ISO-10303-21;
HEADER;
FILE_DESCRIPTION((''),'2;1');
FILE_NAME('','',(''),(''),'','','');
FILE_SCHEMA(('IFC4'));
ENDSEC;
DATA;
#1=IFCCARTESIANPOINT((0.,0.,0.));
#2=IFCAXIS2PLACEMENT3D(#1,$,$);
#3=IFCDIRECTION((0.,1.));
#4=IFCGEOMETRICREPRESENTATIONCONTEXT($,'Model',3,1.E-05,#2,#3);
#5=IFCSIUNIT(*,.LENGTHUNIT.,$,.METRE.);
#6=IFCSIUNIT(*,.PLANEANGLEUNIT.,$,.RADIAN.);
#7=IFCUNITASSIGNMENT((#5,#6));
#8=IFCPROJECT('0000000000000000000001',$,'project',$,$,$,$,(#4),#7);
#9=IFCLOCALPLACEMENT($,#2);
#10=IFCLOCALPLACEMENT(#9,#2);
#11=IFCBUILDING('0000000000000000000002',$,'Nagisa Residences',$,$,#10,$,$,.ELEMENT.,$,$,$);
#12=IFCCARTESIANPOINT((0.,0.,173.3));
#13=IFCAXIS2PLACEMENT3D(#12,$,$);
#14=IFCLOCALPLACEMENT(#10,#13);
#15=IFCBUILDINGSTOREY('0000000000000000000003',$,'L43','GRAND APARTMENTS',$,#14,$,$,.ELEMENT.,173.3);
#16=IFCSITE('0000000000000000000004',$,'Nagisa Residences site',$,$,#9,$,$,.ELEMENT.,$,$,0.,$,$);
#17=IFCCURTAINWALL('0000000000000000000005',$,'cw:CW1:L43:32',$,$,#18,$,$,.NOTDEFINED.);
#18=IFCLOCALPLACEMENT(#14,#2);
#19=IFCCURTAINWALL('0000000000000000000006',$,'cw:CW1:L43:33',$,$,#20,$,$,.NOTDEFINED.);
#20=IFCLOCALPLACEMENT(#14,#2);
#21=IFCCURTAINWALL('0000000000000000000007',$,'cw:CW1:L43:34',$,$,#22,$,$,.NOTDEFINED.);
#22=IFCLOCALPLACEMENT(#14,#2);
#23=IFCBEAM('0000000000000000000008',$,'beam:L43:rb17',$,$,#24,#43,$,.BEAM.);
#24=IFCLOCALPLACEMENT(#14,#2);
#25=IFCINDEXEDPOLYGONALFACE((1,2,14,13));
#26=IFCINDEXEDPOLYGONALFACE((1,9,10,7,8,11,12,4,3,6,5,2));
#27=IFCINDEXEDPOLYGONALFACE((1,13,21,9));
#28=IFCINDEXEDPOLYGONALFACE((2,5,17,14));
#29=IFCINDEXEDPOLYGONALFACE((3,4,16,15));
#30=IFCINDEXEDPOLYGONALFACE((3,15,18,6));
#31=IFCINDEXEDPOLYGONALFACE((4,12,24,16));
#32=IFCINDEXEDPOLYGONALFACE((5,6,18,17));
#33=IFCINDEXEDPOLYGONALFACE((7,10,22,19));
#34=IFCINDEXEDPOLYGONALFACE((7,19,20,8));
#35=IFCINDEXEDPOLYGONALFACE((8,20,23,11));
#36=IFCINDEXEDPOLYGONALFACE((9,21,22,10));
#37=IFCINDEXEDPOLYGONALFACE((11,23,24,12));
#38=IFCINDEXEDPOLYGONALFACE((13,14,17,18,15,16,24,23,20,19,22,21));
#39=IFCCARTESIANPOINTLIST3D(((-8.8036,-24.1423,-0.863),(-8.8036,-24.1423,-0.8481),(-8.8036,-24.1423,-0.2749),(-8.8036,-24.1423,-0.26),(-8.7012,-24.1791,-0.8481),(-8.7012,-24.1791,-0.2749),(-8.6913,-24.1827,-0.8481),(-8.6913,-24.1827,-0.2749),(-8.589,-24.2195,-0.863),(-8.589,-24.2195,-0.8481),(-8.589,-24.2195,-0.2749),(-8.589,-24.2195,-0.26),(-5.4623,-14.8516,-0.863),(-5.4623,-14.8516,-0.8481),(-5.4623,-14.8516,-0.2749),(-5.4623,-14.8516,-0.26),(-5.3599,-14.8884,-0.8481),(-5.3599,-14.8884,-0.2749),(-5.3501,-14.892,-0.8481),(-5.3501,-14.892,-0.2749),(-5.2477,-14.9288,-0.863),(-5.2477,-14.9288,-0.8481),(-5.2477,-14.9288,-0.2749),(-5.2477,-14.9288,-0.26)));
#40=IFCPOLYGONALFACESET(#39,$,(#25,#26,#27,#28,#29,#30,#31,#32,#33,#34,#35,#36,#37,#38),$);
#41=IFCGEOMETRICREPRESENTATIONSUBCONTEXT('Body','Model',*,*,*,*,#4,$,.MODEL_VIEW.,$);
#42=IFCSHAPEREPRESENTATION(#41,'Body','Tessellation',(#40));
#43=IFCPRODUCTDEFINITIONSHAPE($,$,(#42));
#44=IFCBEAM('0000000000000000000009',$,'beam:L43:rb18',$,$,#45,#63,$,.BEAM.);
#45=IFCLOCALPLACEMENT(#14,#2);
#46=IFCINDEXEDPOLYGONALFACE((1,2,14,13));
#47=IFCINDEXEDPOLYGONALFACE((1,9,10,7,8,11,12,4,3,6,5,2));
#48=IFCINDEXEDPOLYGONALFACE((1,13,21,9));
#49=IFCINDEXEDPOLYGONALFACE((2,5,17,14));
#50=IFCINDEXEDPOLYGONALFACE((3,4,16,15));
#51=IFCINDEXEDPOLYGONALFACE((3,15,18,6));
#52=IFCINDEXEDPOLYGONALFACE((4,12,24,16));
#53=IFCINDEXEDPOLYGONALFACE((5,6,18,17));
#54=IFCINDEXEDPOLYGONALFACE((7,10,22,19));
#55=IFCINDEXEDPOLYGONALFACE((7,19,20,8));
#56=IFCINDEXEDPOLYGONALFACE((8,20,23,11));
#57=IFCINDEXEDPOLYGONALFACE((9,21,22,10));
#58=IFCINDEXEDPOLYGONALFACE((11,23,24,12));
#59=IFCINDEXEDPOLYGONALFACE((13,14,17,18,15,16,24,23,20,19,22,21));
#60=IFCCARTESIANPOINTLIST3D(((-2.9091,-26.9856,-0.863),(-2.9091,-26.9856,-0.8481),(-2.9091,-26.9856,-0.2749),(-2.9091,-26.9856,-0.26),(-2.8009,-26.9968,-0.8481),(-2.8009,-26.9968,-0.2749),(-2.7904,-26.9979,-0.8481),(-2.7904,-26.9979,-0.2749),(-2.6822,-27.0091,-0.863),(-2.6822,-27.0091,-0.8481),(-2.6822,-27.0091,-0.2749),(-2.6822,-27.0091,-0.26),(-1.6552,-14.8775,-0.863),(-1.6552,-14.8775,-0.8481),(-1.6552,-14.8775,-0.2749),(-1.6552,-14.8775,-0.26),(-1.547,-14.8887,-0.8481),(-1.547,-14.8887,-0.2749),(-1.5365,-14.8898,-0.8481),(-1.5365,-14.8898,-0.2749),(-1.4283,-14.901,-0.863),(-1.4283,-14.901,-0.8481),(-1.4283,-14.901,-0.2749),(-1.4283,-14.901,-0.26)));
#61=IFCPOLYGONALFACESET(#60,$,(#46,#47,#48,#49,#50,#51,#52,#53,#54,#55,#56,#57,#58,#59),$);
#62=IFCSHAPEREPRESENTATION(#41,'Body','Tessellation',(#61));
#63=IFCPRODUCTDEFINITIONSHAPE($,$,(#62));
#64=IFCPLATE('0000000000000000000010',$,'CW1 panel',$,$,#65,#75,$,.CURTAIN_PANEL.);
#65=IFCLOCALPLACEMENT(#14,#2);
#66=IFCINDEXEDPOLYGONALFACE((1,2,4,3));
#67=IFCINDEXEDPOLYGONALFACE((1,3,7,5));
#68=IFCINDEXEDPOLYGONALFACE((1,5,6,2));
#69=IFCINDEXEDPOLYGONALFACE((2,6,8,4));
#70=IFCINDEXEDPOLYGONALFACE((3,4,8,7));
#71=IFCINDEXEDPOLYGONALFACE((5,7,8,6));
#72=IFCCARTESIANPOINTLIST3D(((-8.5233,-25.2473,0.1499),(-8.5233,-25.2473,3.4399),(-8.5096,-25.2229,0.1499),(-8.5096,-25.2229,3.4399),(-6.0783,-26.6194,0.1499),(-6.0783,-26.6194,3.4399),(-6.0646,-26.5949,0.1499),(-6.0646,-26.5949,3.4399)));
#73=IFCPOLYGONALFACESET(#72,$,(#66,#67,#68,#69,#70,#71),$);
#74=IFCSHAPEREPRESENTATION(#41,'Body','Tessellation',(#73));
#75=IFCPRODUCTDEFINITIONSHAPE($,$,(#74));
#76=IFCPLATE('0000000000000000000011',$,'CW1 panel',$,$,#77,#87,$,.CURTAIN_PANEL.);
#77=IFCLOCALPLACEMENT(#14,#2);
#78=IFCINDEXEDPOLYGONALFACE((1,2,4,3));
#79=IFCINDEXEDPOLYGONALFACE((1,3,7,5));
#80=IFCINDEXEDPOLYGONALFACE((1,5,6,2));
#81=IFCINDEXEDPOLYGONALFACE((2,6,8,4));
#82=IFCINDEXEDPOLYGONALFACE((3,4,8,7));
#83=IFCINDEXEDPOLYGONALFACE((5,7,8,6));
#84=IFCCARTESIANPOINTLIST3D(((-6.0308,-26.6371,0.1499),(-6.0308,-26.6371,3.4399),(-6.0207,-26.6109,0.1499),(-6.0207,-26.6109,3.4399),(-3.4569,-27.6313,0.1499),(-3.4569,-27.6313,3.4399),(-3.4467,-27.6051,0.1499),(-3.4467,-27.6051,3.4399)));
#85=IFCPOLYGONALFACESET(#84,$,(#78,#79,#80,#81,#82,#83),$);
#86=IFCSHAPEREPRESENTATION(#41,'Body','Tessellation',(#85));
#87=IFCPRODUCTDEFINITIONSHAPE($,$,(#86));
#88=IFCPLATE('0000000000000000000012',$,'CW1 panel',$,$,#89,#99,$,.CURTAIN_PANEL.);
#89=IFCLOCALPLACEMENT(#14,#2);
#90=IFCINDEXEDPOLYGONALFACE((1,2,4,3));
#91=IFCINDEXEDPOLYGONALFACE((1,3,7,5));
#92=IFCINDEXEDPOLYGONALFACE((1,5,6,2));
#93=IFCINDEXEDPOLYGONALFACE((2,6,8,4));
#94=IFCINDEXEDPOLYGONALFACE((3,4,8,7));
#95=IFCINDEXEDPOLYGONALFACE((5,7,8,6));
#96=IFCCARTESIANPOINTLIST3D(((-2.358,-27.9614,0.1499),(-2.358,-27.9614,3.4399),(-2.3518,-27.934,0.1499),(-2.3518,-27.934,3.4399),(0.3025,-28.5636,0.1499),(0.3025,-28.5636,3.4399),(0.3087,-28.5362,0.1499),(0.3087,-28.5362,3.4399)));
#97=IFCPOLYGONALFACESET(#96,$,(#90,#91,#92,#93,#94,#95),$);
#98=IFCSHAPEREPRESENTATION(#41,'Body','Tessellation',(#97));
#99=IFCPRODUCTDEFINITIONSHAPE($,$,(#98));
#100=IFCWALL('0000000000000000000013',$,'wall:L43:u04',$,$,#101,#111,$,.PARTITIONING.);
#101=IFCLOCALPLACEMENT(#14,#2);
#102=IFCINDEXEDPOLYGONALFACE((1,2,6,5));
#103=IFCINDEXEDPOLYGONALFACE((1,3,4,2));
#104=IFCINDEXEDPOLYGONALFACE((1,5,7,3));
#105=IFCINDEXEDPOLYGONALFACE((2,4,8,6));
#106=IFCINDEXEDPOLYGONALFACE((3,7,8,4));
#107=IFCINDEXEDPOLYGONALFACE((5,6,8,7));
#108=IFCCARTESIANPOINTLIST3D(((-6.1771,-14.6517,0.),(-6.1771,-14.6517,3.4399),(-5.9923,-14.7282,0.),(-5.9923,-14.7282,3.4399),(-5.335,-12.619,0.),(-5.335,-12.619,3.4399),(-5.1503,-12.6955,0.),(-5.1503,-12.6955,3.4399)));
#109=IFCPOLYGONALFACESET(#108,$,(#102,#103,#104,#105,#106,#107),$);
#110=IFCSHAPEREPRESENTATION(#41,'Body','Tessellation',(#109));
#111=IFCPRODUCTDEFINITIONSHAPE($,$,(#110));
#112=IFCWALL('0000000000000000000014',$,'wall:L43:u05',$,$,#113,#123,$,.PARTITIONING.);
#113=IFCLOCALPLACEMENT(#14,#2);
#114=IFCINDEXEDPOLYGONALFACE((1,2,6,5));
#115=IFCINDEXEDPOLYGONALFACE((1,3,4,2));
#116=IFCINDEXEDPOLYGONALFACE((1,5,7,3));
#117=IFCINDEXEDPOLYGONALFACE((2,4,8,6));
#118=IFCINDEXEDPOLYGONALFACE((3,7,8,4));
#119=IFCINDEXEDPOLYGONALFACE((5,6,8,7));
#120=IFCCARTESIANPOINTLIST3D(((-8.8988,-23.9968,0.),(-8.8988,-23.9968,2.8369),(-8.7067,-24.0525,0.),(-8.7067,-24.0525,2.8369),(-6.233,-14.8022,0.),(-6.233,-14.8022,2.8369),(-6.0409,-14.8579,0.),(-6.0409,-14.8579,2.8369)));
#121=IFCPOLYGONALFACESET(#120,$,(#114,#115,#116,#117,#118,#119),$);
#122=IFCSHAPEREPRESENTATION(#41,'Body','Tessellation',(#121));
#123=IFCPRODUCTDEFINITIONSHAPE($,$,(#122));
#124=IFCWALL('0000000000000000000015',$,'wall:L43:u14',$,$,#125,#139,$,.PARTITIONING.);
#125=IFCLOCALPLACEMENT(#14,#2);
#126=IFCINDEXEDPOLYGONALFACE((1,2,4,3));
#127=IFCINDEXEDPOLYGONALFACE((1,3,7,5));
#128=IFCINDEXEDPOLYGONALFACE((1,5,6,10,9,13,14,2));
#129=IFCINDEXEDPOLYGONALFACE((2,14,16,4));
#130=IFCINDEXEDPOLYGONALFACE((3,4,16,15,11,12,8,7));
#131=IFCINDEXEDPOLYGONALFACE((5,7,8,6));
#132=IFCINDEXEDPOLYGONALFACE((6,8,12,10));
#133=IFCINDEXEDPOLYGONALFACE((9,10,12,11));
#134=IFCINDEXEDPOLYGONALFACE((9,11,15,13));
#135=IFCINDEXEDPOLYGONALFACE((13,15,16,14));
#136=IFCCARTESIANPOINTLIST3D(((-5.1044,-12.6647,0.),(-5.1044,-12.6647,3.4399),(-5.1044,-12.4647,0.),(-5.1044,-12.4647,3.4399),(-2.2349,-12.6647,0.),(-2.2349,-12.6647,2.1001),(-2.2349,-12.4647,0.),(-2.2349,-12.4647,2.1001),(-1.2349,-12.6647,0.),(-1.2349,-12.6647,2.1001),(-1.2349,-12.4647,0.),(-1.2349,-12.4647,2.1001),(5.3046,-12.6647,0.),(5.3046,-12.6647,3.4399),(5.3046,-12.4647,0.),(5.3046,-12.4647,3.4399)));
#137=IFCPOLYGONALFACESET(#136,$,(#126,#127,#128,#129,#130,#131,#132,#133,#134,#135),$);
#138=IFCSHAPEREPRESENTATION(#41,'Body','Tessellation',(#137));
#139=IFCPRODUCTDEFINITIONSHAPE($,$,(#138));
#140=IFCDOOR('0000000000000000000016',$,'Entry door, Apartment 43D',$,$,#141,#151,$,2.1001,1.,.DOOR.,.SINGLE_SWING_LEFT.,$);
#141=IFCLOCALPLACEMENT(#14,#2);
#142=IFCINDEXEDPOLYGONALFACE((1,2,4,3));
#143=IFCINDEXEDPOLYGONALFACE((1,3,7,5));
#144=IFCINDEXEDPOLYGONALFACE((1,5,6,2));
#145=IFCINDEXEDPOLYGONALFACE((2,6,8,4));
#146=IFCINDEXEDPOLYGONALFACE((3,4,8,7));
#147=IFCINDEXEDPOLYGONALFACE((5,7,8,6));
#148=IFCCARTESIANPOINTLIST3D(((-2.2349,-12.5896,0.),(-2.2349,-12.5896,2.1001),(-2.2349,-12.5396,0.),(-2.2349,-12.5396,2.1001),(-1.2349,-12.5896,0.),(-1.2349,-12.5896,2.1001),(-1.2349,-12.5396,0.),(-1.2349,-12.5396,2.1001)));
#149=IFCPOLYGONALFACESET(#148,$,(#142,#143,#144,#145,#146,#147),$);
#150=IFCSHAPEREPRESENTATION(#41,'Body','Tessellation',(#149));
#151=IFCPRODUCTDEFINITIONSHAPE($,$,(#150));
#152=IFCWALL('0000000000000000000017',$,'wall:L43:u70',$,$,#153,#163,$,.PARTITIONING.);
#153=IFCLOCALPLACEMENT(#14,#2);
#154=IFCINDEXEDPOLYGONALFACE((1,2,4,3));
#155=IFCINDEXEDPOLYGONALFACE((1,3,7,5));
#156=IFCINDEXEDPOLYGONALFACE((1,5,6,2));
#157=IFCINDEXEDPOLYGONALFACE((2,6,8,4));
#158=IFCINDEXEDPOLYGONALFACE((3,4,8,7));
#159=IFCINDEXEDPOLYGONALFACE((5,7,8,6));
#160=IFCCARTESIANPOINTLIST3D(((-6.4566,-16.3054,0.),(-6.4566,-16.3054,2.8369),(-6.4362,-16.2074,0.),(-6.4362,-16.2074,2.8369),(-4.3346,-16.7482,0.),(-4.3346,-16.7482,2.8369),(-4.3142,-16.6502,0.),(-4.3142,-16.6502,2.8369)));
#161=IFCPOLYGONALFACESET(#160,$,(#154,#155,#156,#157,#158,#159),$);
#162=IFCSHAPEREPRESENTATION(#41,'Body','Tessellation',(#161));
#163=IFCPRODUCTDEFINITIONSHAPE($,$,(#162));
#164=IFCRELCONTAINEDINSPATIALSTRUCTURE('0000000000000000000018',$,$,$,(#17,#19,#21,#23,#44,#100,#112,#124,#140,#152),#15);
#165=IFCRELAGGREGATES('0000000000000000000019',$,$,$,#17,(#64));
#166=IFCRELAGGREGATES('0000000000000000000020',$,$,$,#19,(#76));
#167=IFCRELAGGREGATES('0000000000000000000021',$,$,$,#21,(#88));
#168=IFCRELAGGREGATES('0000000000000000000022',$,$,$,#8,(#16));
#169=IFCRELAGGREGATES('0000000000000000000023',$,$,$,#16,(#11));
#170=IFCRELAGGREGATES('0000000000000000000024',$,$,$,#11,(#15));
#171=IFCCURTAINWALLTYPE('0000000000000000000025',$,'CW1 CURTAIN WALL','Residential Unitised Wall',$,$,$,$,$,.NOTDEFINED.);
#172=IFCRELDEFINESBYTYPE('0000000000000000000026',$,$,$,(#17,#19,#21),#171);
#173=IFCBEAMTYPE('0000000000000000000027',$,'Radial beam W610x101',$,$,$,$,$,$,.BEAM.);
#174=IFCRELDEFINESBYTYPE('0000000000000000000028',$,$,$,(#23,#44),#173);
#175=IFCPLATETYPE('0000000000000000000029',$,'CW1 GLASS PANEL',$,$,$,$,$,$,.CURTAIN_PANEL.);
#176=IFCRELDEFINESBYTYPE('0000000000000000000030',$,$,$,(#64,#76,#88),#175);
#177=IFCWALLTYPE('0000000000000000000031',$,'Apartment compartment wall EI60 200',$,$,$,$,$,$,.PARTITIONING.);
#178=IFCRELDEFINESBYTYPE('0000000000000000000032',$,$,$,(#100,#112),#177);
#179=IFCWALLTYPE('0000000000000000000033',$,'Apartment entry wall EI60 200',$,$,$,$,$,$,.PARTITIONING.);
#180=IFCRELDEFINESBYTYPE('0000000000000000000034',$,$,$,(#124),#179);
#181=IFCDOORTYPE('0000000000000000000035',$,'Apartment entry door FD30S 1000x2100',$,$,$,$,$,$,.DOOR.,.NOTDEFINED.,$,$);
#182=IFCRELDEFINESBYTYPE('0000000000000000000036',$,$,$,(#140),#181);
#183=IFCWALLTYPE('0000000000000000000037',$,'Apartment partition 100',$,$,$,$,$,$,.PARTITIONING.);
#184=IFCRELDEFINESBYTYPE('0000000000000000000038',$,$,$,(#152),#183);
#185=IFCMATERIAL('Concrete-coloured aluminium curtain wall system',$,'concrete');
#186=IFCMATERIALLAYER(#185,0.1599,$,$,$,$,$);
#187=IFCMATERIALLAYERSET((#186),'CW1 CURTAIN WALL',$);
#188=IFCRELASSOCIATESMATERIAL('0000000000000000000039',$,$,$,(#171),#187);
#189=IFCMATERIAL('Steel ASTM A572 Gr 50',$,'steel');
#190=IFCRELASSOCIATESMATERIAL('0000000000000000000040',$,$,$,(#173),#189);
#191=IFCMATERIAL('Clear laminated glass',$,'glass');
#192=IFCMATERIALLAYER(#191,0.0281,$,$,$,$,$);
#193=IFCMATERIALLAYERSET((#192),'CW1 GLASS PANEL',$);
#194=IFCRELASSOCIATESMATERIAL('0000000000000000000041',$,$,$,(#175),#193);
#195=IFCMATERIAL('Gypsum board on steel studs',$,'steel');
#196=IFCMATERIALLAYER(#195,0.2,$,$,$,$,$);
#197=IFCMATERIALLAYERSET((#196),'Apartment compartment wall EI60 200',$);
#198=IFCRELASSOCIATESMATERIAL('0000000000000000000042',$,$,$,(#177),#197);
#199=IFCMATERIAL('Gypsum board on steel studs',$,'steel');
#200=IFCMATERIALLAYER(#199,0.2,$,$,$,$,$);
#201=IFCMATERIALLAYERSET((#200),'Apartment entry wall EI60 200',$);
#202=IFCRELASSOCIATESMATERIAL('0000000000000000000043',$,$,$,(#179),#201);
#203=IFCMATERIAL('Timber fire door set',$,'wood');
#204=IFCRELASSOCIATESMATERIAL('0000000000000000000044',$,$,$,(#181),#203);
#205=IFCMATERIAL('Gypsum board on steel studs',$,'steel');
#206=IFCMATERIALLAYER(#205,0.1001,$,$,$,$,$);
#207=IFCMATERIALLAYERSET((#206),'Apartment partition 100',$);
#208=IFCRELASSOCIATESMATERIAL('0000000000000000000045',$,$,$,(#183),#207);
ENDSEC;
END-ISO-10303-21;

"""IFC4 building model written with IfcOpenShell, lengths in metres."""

from ifc_helpers import new_model, si_unit, direction, frame, frame_2d, origin, origin_2d, place, context, subcontext, project, spatial, rectangle, i_section, extrude, material, layer, layer_set, material_profile, profile_set, type_object, element, fill, aggregate, save


model = new_model("IFC4")

# Units and contexts
model_context = context("Model", 3, precision=1e-05, world=origin(), true_north=direction((0.0, 1.0)))
body_context = subcontext(model_context, "Body", "Model", "MODEL_VIEW")
ifc_project = project(units=[si_unit("LENGTHUNIT", "METRE"), si_unit("PLANEANGLEUNIT", "RADIAN")], contexts=[model_context])

# Site, building, storey
site_placement = place(None, origin())
site = spatial("IfcSite", under=ifc_project, at=site_placement, Name="Nagisa Residences site", CompositionType="ELEMENT", RefElevation=0.0)
building_placement = place(site_placement, origin())
building = spatial("IfcBuilding", under=site, at=building_placement, Name="Nagisa Residences", CompositionType="ELEMENT")
storey_placement = place(building_placement, frame((0.0, 0.0, 173.3)))
storey = spatial("IfcBuildingStorey", under=building, at=storey_placement, Name="L43", Description="GRAND APARTMENTS", CompositionType="ELEMENT", Elevation=173.3)

# Curtain walls
ifc_material_1 = material(Name="Concrete-coloured aluminium curtain wall system", Category="concrete")
ifc_layer_1 = layer(ifc_material_1, 0.1599)
ifc_layer_set_1 = layer_set([ifc_layer_1], Name="CW1 CURTAIN WALL")
curtain_wall_type = type_object("IfcCurtainWallType", Name="CW1 CURTAIN WALL", Description="Residential Unitised Wall", PredefinedType="NOTDEFINED", material=ifc_layer_set_1)
curtain_wall_1_placement = place(storey_placement, origin())
curtain_wall_1 = element("IfcCurtainWall", 1, at=curtain_wall_1_placement, inside=storey, type_object=curtain_wall_type, Name="cw:CW1:L43:32", PredefinedType="NOTDEFINED")
curtain_wall_2_placement = place(storey_placement, origin())
curtain_wall_2 = element("IfcCurtainWall", 2, at=curtain_wall_2_placement, inside=storey, type_object=curtain_wall_type, Name="cw:CW1:L43:33", PredefinedType="NOTDEFINED")
curtain_wall_3_placement = place(storey_placement, origin())
curtain_wall_3 = element("IfcCurtainWall", 3, at=curtain_wall_3_placement, inside=storey, type_object=curtain_wall_type, Name="cw:CW1:L43:34", PredefinedType="NOTDEFINED")

# Beams
ifc_material_2 = material(Name="Steel ASTM A572 Gr 50", Category="steel")
ifc_material_profile_1 = material_profile(ifc_material_2, i_section(OverallWidth=0.228, OverallDepth=0.603, WebThickness=0.0105, FlangeThickness=0.0149, at=origin_2d()), Name="W610x101")
ifc_profile_set_1 = profile_set([ifc_material_profile_1], Name="Steel ASTM A572 Gr 50")
beam_type_1 = type_object("IfcBeamType", Name="Radial beam W610x101", PredefinedType="BEAM", material=ifc_profile_set_1)
beam_1_placement = place(storey_placement, frame((-8.6963, -24.1809, -0.5615), z_axis=(0.338417, 0.940996, 0.0), x_axis=(-0.940996, 0.338417, 0.0)))
element("IfcBeam", 4, at=beam_1_placement, inside=storey, type_object=beam_type_1, Name="beam:L43:rb17", PredefinedType="BEAM", context=body_context, shape_type="SweptSolid", body=[
    extrude(i_section(OverallWidth=0.228, OverallDepth=0.603, WebThickness=0.0105, FlangeThickness=0.0149, at=origin_2d()), origin(), (0.0, 0.0, 1.0), 9.8733),
])
beam_2_placement = place(storey_placement, frame((-2.7957, -26.9973, -0.5615), z_axis=(0.103008, 0.994681, 0.0), x_axis=(-0.994681, 0.103008, 0.0)))
element("IfcBeam", 5, at=beam_2_placement, inside=storey, type_object=beam_type_1, Name="beam:L43:rb18", PredefinedType="BEAM", context=body_context, shape_type="SweptSolid", body=[
    extrude(i_section(OverallWidth=0.228, OverallDepth=0.603, WebThickness=0.0105, FlangeThickness=0.0149, at=origin_2d()), origin(), (0.0, 0.0, 1.0), 12.1729),
])

# Plates
ifc_material_3 = material(Name="Clear laminated glass", Category="glass")
ifc_layer_2 = layer(ifc_material_3, 0.0281)
ifc_layer_set_2 = layer_set([ifc_layer_2], Name="CW1 GLASS PANEL")
plate_type = type_object("IfcPlateType", Name="CW1 GLASS PANEL", PredefinedType="CURTAIN_PANEL", material=ifc_layer_set_2)
plate_1_placement = place(storey_placement, frame((-7.2939, -25.9211, 0.1499), z_axis=(0.0, 0.0, 1.0), x_axis=(0.872072, -0.489377, 0.0)))
plate_1 = element("IfcPlate", 6, at=plate_1_placement, type_object=plate_type, Name="CW1 panel", PredefinedType="CURTAIN_PANEL", context=body_context, shape_type="SweptSolid", body=[
    extrude(rectangle(XDim=2.8037, YDim=0.0281, at=origin_2d()), origin(), (0.0, 0.0, 1.0), 3.29),
])
aggregate(curtain_wall_1, [plate_1])
plate_2_placement = place(storey_placement, frame((-4.7388, -27.1211, 0.1499), z_axis=(0.0, 0.0, 1.0), x_axis=(0.932826, -0.360328, 0.0)))
plate_2 = element("IfcPlate", 7, at=plate_2_placement, type_object=plate_type, Name="CW1 panel", PredefinedType="CURTAIN_PANEL", context=body_context, shape_type="SweptSolid", body=[
    extrude(rectangle(XDim=2.7593, YDim=0.0281, at=origin_2d()), origin(), (0.0, 0.0, 1.0), 3.29),
])
aggregate(curtain_wall_2, [plate_2])
plate_3_placement = place(storey_placement, frame((-1.0247, -28.2488, 0.1499), z_axis=(0.0, 0.0, 1.0), x_axis=(0.975327, -0.220764, 0.0)))
plate_3 = element("IfcPlate", 8, at=plate_3_placement, type_object=plate_type, Name="CW1 panel", PredefinedType="CURTAIN_PANEL", context=body_context, shape_type="SweptSolid", body=[
    extrude(rectangle(XDim=2.7278, YDim=0.0281, at=origin_2d()), origin(), (0.0, 0.0, 1.0), 3.29),
])
aggregate(curtain_wall_3, [plate_3])

# Walls
ifc_material_4 = material(Name="Gypsum board on steel studs", Category="steel")
ifc_layer_3 = layer(ifc_material_4, 0.2)
ifc_layer_set_3 = layer_set([ifc_layer_3], Name="Apartment compartment wall EI60 200")
wall_type_1 = type_object("IfcWallType", Name="Apartment compartment wall EI60 200", PredefinedType="PARTITIONING", material=ifc_layer_set_3)
wall_1_placement = place(storey_placement, frame((-5.2427, -12.6572, 0.0), z_axis=(0.0, 0.0, 1.0), x_axis=(-0.382708, -0.923869, 0.0)))
element("IfcWall", 9, at=wall_1_placement, inside=storey, type_object=wall_type_1, Name="wall:L43:u04", PredefinedType="PARTITIONING", context=body_context, shape_type="SweptSolid", body=[
    extrude(rectangle(XDim=2.2002, YDim=0.2, at=frame_2d((1.1001, 0.0))), origin(), (0.0, 0.0, 1.0), 3.4399),
])
wall_2_placement = place(storey_placement, frame((-6.137, -14.8301, 0.0), z_axis=(0.0, 0.0, 1.0), x_axis=(-0.278461, -0.960447, 0.0)))
element("IfcWall", 10, at=wall_2_placement, inside=storey, type_object=wall_type_1, Name="wall:L43:u05", PredefinedType="PARTITIONING", context=body_context, shape_type="SweptSolid", body=[
    extrude(rectangle(XDim=9.5732, YDim=0.2, at=frame_2d((4.7866, 0.0))), origin(), (0.0, 0.0, 1.0), 2.8369),
])

# Wall, opening, door
ifc_material_5 = material(Name="Gypsum board on steel studs", Category="steel")
ifc_layer_4 = layer(ifc_material_5, 0.2)
ifc_layer_set_4 = layer_set([ifc_layer_4], Name="Apartment entry wall EI60 200")
wall_type_2 = type_object("IfcWallType", Name="Apartment entry wall EI60 200", PredefinedType="PARTITIONING", material=ifc_layer_set_4)
wall_3_placement = place(storey_placement, frame((-5.1045, -12.5647, 0.0), z_axis=(0.0, 0.0, 1.0), x_axis=(1.0, 0.0, 0.0)))
wall_3 = element("IfcWall", 11, at=wall_3_placement, inside=storey, type_object=wall_type_2, Name="wall:L43:u14", PredefinedType="PARTITIONING", context=body_context, shape_type="SweptSolid", body=[
    extrude(rectangle(XDim=10.4089, YDim=0.2, at=frame_2d((5.2046, 0.0))), origin(), (0.0, 0.0, 1.0), 3.4399),
])
opening_1_placement = place(wall_3_placement, frame((2.8696, 0.0, 0.0)))
opening_1 = element("IfcOpeningElement", 12, at=opening_1_placement, cuts=wall_3, PredefinedType="OPENING", context=body_context, shape_type="SweptSolid", body=[
    extrude(rectangle(XDim=1.0, YDim=2.1001, at=frame_2d((0.5, 1.05))), frame((0.0, 0.1099, 0.0), z_axis=(0.0, -1.0, 0.0), x_axis=(1.0, 0.0, 0.0)), (0.0, 0.0, 1.0), 0.22),
])
ifc_material_6 = material(Name="Timber fire door set", Category="wood")
door_type_1 = type_object("IfcDoorType", Name="Apartment entry door FD30S 1000x2100", OperationType="NOTDEFINED", PredefinedType="DOOR", material=ifc_material_6)
door_1_placement = place(opening_1_placement, frame((1.0, 0.0, 0.0), x_axis=(-1.0, 0.0, 0.0)))
door_1 = element("IfcDoor", 13, at=door_1_placement, inside=storey, type_object=door_type_1, Name="Entry door, Apartment 43D", OperationType="SINGLE_SWING_LEFT", OverallHeight=2.1001, OverallWidth=1.0, PredefinedType="DOOR", context=body_context, shape_type="SweptSolid", body=[
    extrude(rectangle(XDim=1.0, YDim=2.1001, at=frame_2d((0.5, 1.05))), frame((0.0, 0.0249, 0.0), z_axis=(0.0, -1.0, 0.0), x_axis=(1.0, 0.0, 0.0)), (0.0, 0.0, 1.0), 0.05),
])
fill(opening_1, door_1)

# Wall
ifc_material_7 = material(Name="Gypsum board on steel studs", Category="steel")
ifc_layer_5 = layer(ifc_material_7, 0.1001)
ifc_layer_set_5 = layer_set([ifc_layer_5], Name="Apartment partition 100")
wall_type_3 = type_object("IfcWallType", Name="Apartment partition 100", PredefinedType="PARTITIONING", material=ifc_layer_set_5)
wall_4_placement = place(storey_placement, frame((-6.4465, -16.2563, 0.0), z_axis=(0.0, 0.0, 1.0), x_axis=(0.978909, -0.204296, 0.0)))
element("IfcWall", 14, at=wall_4_placement, inside=storey, type_object=wall_type_3, Name="wall:L43:u70", PredefinedType="PARTITIONING", context=body_context, shape_type="SweptSolid", body=[
    extrude(rectangle(XDim=2.1677, YDim=0.1001, at=frame_2d((1.084, 0.0))), origin(), (0.0, 0.0, 1.0), 2.8369),
])

save(model, "model.ifc")
